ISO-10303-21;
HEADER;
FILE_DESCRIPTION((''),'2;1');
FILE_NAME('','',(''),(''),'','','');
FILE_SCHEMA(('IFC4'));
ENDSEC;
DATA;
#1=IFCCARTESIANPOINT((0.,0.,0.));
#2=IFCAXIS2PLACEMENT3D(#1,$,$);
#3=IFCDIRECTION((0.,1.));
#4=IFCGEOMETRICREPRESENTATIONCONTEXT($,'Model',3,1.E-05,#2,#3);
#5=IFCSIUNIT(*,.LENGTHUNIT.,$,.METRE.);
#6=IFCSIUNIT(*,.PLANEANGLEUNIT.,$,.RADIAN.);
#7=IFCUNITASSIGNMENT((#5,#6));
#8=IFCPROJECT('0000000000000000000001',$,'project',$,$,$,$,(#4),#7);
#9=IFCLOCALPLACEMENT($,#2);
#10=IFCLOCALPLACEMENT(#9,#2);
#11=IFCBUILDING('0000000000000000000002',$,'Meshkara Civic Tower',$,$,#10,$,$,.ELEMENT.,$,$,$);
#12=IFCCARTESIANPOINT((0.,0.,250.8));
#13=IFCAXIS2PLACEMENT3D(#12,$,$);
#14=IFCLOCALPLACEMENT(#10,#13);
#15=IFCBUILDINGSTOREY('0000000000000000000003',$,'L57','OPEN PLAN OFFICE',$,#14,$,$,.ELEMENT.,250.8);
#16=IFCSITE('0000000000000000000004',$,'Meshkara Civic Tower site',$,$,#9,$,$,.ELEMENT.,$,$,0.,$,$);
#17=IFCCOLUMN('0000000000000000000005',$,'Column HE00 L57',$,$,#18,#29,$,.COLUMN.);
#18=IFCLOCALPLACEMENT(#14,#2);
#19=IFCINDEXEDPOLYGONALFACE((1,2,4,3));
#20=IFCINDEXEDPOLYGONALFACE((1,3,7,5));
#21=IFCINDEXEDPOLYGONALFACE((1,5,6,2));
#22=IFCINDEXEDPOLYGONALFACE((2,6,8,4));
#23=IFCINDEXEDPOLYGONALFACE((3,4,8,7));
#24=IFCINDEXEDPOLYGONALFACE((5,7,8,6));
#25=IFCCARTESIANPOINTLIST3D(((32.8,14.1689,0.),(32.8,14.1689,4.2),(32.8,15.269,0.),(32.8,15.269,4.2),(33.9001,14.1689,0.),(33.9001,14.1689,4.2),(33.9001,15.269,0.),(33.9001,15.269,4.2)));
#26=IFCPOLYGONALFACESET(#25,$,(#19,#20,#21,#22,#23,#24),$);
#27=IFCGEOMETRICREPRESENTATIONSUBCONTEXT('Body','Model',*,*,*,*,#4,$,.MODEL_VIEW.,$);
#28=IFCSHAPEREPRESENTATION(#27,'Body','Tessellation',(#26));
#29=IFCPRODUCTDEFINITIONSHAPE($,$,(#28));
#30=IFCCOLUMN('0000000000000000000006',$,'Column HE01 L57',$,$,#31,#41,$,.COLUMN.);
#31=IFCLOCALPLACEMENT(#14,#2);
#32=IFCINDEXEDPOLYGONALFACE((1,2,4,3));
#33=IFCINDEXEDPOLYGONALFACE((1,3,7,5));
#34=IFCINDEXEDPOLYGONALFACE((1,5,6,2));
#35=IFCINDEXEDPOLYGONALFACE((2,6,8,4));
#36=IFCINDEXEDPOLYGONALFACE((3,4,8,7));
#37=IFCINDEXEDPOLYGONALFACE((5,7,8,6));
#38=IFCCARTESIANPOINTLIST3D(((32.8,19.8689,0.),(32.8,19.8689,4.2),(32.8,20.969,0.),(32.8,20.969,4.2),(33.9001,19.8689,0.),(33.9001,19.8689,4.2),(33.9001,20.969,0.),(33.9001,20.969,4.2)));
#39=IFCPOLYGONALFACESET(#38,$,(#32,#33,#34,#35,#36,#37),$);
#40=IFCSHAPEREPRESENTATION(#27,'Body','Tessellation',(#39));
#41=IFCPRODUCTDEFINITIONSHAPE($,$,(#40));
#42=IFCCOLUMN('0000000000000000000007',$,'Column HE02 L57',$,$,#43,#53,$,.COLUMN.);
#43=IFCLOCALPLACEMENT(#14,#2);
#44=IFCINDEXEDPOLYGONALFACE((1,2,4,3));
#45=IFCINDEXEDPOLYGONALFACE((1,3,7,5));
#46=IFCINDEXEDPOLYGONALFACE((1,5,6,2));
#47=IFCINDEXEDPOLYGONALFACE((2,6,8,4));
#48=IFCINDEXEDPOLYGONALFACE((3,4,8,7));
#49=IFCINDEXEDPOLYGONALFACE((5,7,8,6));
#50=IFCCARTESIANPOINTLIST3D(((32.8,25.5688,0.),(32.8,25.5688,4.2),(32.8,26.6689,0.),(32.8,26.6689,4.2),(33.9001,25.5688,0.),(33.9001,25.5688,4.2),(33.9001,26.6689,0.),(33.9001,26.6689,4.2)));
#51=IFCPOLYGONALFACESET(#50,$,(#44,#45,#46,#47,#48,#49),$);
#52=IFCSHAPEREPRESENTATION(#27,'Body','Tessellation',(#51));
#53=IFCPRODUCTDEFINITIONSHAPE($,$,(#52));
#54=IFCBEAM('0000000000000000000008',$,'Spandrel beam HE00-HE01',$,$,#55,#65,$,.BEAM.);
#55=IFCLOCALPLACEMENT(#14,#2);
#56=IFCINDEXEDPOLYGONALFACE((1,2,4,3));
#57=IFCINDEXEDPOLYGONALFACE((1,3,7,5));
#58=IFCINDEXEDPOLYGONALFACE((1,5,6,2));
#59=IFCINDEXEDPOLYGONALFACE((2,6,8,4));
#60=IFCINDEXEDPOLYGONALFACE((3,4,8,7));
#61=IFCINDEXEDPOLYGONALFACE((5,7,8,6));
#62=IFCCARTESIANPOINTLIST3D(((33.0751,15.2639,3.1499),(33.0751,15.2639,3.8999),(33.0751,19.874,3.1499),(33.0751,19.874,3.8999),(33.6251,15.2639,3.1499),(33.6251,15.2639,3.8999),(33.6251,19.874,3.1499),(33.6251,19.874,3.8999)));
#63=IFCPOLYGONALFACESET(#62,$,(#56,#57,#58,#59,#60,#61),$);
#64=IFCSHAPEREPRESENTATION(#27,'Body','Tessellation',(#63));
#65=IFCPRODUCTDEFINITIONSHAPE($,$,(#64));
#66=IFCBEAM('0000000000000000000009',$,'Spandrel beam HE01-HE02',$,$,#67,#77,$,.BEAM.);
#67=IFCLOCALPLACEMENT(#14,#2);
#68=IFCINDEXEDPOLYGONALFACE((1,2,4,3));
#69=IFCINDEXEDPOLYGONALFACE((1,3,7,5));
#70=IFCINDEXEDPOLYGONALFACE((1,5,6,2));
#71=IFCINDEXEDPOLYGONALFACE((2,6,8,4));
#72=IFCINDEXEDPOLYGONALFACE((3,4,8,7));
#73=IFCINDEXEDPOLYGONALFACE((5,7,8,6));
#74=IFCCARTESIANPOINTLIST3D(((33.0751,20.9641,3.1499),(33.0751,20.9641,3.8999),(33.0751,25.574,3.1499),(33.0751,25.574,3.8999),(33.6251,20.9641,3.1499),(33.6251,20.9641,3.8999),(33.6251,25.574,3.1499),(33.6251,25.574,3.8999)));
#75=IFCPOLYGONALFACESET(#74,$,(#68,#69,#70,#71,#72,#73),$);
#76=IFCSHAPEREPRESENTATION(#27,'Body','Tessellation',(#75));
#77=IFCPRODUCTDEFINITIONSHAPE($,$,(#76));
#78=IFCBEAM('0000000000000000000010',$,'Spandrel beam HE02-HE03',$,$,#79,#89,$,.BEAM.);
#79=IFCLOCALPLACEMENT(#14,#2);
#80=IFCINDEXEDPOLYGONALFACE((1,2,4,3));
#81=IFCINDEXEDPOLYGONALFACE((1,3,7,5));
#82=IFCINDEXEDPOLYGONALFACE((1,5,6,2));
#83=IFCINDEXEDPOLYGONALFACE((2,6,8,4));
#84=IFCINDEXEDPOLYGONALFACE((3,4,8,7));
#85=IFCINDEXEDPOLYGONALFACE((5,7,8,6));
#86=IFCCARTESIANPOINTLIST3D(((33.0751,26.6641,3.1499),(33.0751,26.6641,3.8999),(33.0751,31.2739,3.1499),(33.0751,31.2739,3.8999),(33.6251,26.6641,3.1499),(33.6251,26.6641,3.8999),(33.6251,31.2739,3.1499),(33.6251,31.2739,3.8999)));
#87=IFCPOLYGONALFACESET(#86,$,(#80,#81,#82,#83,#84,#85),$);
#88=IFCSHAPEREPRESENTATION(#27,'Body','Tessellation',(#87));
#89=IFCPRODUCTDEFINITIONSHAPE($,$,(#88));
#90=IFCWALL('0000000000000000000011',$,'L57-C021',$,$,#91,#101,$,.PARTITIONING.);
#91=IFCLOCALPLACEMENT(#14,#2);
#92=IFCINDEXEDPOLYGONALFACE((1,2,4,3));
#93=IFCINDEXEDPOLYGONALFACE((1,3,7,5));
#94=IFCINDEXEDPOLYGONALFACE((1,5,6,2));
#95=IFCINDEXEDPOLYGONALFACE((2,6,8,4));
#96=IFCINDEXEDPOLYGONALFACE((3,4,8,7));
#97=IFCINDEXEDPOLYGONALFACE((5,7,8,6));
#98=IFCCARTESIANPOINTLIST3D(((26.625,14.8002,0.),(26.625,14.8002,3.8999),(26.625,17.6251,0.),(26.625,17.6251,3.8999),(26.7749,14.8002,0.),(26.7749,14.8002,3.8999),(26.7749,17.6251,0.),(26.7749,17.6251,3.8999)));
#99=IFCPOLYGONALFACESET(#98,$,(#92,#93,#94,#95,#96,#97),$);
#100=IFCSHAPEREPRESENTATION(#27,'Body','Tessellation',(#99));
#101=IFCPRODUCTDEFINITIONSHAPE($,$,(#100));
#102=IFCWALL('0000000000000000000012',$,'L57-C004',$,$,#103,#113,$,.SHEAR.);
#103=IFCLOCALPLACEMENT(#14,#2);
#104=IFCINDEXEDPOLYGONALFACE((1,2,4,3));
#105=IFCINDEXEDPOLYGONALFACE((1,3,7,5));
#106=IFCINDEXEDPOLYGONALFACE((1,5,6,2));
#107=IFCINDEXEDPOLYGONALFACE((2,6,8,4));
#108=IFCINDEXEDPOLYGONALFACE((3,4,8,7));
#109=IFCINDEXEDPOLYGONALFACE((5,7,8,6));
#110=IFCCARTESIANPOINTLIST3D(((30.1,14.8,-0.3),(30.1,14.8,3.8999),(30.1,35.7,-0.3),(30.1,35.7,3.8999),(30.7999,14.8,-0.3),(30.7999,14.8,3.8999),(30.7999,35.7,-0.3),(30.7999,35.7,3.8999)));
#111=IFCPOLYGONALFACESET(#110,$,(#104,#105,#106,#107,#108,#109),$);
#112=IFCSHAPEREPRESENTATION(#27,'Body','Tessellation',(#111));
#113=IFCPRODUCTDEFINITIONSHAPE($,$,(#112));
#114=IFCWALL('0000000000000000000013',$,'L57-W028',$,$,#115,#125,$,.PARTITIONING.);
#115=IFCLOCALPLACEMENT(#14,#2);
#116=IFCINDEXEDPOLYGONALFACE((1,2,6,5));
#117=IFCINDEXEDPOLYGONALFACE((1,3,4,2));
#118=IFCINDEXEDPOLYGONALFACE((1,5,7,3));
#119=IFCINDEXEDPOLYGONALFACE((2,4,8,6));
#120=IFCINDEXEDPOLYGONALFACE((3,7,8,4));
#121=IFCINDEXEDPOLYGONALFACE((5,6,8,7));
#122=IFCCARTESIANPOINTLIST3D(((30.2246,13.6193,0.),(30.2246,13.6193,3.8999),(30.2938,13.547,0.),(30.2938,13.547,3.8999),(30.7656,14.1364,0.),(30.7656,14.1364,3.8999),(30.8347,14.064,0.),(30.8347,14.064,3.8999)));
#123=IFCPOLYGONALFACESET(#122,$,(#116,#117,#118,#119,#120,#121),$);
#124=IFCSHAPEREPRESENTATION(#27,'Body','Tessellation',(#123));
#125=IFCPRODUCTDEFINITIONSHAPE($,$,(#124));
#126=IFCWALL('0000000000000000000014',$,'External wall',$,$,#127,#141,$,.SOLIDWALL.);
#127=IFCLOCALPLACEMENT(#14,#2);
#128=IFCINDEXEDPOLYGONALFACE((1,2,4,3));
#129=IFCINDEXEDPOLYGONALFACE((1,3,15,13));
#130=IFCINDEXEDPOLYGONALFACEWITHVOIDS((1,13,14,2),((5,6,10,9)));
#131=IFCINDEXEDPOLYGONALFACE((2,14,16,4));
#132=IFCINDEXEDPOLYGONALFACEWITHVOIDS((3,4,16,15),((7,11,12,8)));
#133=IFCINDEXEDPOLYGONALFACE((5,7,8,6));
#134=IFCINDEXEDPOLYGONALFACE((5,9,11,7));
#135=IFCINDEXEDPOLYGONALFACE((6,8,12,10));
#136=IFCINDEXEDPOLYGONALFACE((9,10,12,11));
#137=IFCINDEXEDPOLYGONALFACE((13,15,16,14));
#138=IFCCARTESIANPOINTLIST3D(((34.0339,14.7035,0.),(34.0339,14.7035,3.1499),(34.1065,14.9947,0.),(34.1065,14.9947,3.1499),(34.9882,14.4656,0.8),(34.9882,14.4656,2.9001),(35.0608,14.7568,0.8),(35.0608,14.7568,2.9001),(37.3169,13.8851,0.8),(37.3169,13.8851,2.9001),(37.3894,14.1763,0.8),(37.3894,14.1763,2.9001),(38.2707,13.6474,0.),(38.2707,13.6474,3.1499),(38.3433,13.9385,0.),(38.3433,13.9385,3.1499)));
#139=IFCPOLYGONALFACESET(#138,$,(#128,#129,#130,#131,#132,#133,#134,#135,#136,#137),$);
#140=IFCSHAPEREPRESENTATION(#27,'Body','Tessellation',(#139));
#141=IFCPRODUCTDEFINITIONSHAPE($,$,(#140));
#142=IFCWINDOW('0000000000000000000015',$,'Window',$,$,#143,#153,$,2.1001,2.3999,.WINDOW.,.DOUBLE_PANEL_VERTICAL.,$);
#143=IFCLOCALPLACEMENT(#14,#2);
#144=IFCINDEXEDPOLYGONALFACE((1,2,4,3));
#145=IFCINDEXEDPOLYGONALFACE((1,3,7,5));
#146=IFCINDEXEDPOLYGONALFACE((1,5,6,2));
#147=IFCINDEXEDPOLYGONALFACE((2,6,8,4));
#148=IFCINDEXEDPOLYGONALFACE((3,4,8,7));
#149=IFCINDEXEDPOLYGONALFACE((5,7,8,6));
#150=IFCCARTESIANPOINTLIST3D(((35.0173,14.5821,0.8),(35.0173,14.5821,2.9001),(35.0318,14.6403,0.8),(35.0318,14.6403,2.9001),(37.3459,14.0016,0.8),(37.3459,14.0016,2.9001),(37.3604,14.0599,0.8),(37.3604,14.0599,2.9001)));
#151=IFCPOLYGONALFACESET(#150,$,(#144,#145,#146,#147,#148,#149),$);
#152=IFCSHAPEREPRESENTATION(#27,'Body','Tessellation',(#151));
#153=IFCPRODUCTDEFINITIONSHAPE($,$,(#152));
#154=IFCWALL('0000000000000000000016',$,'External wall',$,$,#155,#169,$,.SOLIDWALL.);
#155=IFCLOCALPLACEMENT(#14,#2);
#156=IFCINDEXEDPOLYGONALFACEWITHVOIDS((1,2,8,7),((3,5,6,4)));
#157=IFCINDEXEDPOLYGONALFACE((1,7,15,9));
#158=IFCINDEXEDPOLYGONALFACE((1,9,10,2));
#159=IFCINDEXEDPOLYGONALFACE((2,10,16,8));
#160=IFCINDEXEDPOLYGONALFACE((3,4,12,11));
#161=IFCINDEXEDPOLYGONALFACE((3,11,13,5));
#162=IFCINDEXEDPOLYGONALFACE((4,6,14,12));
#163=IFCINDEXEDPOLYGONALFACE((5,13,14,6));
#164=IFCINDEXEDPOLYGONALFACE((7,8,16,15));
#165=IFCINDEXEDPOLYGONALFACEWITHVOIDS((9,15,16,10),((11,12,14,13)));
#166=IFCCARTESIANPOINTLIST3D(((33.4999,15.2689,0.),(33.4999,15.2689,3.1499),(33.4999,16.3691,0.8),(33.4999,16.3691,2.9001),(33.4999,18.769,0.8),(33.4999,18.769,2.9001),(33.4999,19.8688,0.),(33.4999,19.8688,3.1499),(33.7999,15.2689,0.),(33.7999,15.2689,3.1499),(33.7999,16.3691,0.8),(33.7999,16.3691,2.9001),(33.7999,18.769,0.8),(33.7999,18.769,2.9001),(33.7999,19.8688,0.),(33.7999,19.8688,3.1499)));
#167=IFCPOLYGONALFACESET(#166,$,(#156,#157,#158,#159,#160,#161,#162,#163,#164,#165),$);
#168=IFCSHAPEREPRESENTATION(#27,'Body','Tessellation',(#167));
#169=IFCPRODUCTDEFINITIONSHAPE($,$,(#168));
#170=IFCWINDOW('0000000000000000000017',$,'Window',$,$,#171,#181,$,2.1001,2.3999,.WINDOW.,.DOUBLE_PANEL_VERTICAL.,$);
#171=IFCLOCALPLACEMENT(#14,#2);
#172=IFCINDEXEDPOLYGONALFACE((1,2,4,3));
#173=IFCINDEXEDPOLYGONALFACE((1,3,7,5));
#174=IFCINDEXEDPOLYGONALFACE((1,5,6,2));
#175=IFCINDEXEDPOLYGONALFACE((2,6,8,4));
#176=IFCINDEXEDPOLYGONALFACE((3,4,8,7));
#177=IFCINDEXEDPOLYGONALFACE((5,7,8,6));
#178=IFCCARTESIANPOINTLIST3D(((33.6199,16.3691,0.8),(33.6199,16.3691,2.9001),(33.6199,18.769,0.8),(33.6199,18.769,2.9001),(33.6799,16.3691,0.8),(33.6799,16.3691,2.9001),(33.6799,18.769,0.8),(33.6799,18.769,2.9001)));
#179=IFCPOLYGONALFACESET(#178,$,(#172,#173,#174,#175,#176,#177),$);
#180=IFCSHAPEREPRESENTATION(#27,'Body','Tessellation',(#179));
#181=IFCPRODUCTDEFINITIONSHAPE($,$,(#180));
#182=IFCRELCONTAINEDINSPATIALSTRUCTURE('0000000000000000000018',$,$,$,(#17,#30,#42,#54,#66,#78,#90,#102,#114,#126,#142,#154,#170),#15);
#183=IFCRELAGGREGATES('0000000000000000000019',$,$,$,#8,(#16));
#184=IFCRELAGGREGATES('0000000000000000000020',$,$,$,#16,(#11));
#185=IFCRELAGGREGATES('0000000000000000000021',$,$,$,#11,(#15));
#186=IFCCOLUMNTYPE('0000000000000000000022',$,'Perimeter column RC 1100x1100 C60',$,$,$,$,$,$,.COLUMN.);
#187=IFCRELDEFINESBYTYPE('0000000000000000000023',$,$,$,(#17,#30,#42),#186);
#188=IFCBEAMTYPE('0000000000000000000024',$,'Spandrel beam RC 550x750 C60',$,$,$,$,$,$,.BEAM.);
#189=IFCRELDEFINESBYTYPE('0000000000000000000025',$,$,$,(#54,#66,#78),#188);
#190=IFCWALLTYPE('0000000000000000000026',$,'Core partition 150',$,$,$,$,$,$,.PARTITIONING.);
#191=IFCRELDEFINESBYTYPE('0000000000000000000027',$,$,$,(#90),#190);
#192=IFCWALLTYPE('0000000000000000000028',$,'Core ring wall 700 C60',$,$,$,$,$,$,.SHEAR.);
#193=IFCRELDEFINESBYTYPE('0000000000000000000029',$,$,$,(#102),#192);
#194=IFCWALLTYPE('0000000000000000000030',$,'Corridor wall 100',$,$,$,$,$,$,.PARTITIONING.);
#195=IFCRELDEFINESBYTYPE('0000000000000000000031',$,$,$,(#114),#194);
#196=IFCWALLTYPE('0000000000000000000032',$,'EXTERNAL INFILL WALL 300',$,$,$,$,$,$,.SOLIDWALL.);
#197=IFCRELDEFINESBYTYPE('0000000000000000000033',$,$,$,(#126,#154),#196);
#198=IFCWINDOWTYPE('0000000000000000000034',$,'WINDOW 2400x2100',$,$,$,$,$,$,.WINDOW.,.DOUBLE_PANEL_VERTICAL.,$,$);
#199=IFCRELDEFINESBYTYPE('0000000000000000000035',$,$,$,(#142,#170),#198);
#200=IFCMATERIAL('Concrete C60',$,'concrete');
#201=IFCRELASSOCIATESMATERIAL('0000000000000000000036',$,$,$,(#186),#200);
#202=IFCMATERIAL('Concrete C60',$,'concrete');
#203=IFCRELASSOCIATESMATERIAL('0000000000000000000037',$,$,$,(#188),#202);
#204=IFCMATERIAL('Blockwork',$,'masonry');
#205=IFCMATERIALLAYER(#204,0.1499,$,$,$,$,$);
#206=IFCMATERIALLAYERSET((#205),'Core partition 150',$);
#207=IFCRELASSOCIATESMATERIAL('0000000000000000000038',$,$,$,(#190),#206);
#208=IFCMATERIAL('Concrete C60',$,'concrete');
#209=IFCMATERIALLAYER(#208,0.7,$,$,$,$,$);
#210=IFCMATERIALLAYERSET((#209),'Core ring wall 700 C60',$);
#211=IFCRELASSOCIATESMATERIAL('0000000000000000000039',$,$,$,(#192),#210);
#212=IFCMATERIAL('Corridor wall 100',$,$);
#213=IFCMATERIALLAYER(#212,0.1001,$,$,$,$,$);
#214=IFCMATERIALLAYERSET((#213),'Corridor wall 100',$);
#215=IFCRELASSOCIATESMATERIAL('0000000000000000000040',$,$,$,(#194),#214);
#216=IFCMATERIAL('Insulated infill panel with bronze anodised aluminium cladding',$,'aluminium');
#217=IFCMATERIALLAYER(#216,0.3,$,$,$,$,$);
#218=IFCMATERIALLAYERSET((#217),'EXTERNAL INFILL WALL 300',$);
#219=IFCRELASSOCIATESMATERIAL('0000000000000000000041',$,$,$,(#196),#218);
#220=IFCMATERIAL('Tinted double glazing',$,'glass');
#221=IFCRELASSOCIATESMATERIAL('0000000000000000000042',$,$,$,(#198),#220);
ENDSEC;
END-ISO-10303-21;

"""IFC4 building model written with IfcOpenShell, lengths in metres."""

from ifc_helpers import new_model, si_unit, direction, frame, frame_2d, origin, origin_2d, place, context, subcontext, project, spatial, rectangle, extrude, material, layer, layer_set, material_profile, profile_set, type_object, element, fill, save


model = new_model("IFC4")

# Units and contexts
model_context = context("Model", 3, precision=1e-05, world=origin(), true_north=direction((0.0, 1.0)))
body_context = subcontext(model_context, "Body", "Model", "MODEL_VIEW")
ifc_project = project(units=[si_unit("LENGTHUNIT", "METRE"), si_unit("PLANEANGLEUNIT", "RADIAN")], contexts=[model_context])

# Site, building, storey
site_placement = place(None, origin())
site = spatial("IfcSite", under=ifc_project, at=site_placement, Name="Meshkara Civic Tower site", CompositionType="ELEMENT", RefElevation=0.0)
building_placement = place(site_placement, origin())
building = spatial("IfcBuilding", under=site, at=building_placement, Name="Meshkara Civic Tower", CompositionType="ELEMENT")
storey_placement = place(building_placement, frame((0.0, 0.0, 250.8)))
storey = spatial("IfcBuildingStorey", under=building, at=storey_placement, Name="L57", Description="OPEN PLAN OFFICE", CompositionType="ELEMENT", Elevation=250.8)

# Columns
ifc_material_1 = material(Name="Concrete C60", Category="concrete")
ifc_material_profile_1 = material_profile(ifc_material_1, rectangle(XDim=1.1001, YDim=1.1001, at=origin_2d()))
ifc_profile_set_1 = profile_set([ifc_material_profile_1], Name="Concrete C60")
column_type = type_object("IfcColumnType", Name="Perimeter column RC 1100x1100 C60", PredefinedType="COLUMN", material=ifc_profile_set_1)
for number, where, z_axis, x_axis, name in (
    (1, (33.3501, 14.719, 0.0), (0.0, 0.0, 1.0), (1.0, 0.0, 0.0), "Column HE00 L57"),
    (2, (33.3501, 20.4189, 0.0), (0.0, 0.0, 1.0), (1.0, 0.0, 0.0), "Column HE01 L57"),
    (3, (33.3501, 26.1189, 0.0), (0.0, 0.0, 1.0), (1.0, 0.0, 0.0), "Column HE02 L57"),
):
    element("IfcColumn", number, at=place(storey_placement, frame(where, z_axis=z_axis, x_axis=x_axis)), inside=storey, type_object=column_type, Name=name, PredefinedType="COLUMN", context=body_context, shape_type="SweptSolid", body=[
        extrude(rectangle(XDim=1.1001, YDim=1.1001, at=origin_2d()), origin(), (0.0, 0.0, 1.0), 4.2),
    ])

# Beams
ifc_material_2 = material(Name="Concrete C60", Category="concrete")
ifc_material_profile_2 = material_profile(ifc_material_2, rectangle(XDim=0.55, YDim=0.75, at=origin_2d()))
ifc_profile_set_2 = profile_set([ifc_material_profile_2], Name="Concrete C60")
beam_type = type_object("IfcBeamType", Name="Spandrel beam RC 550x750 C60", PredefinedType="BEAM", material=ifc_profile_set_2)
beam_placement = place(storey_placement, frame((33.3501, 15.2639, 3.5249), z_axis=(0.0, 1.0, 0.0), x_axis=(-1.0, 0.0, 0.0)))
element("IfcBeam", 4, at=beam_placement, inside=storey, type_object=beam_type, Name="Spandrel beam HE00-HE01", PredefinedType="BEAM", context=body_context, shape_type="SweptSolid", body=[
    extrude(rectangle(XDim=0.55, YDim=0.75, at=origin_2d()), origin(), (0.0, 0.0, 1.0), 4.6101),
])
for number, where, z_axis, x_axis, name in (
    (5, (33.3501, 20.9641, 3.5249), (0.0, 1.0, 0.0), (-1.0, 0.0, 0.0), "Spandrel beam HE01-HE02"),
    (6, (33.3501, 26.6641, 3.5249), (0.0, 1.0, 0.0), (-1.0, 0.0, 0.0), "Spandrel beam HE02-HE03"),
):
    element("IfcBeam", number, at=place(storey_placement, frame(where, z_axis=z_axis, x_axis=x_axis)), inside=storey, type_object=beam_type, Name=name, PredefinedType="BEAM", context=body_context, shape_type="SweptSolid", body=[
        extrude(rectangle(XDim=0.55, YDim=0.75, at=origin_2d()), origin(), (0.0, 0.0, 1.0), 4.6099),
    ])

# Walls
ifc_material_3 = material(Name="Blockwork", Category="masonry")
ifc_layer_1 = layer(ifc_material_3, 0.1499)
ifc_layer_set_1 = layer_set([ifc_layer_1], Name="Core partition 150")
wall_type_1 = type_object("IfcWallType", Name="Core partition 150", PredefinedType="PARTITIONING", material=ifc_layer_set_1)
wall_1_placement = place(storey_placement, frame((26.7, 14.8, 0.0), z_axis=(0.0, 0.0, 1.0), x_axis=(0.0, 1.0, 0.0)))
element("IfcWall", 7, at=wall_1_placement, inside=storey, type_object=wall_type_1, Name="L57-C021", PredefinedType="PARTITIONING", context=body_context, shape_type="SweptSolid", body=[
    extrude(rectangle(XDim=2.825, YDim=0.1499, at=frame_2d((1.4126, 0.0))), origin(), (0.0, 0.0, 1.0), 3.8999),
])
ifc_material_4 = material(Name="Concrete C60", Category="concrete")
ifc_layer_2 = layer(ifc_material_4, 0.7)
ifc_layer_set_2 = layer_set([ifc_layer_2], Name="Core ring wall 700 C60")
wall_type_2 = type_object("IfcWallType", Name="Core ring wall 700 C60", PredefinedType="SHEAR", material=ifc_layer_set_2)
wall_2_placement = place(storey_placement, frame((30.45, 14.8, -0.3), z_axis=(0.0, 0.0, 1.0), x_axis=(0.0, 1.0, 0.0)))
element("IfcWall", 8, at=wall_2_placement, inside=storey, type_object=wall_type_2, Name="L57-C004", PredefinedType="SHEAR", context=body_context, shape_type="SweptSolid", body=[
    extrude(rectangle(XDim=20.8999, YDim=0.7, at=frame_2d((10.45, 0.0))), origin(), (0.0, 0.0, 1.0), 4.2),
])
ifc_material_5 = material(Name="Corridor wall 100")
ifc_layer_3 = layer(ifc_material_5, 0.1001)
ifc_layer_set_3 = layer_set([ifc_layer_3], Name="Corridor wall 100")
wall_type_3 = type_object("IfcWallType", Name="Corridor wall 100", PredefinedType="PARTITIONING", material=ifc_layer_set_3)
wall_3_placement = place(storey_placement, frame((30.8, 14.1001, 0.0), z_axis=(0.0, 0.0, 1.0), x_axis=(-0.722911, -0.690941, 0.0)))
element("IfcWall", 9, at=wall_3_placement, inside=storey, type_object=wall_type_3, Name="L57-W028", PredefinedType="PARTITIONING", context=body_context, shape_type="SweptSolid", body=[
    extrude(rectangle(XDim=0.7483, YDim=0.1001, at=frame_2d((0.374, 0.0))), origin(), (0.0, 0.0, 1.0), 3.8999),
])

# Walls, openings, windows
ifc_material_6 = material(Name="Insulated infill panel with bronze anodised aluminium cladding", Category="aluminium")
ifc_layer_4 = layer(ifc_material_6, 0.3)
ifc_layer_set_4 = layer_set([ifc_layer_4], Name="EXTERNAL INFILL WALL 300")
wall_type_4 = type_object("IfcWallType", Name="EXTERNAL INFILL WALL 300", PredefinedType="SOLIDWALL", material=ifc_layer_set_4)
wall_4_placement = place(storey_placement, frame((38.3069, 13.793, 0.0), z_axis=(0.0, 0.0, 1.0), x_axis=(-0.970307, 0.241878, 0.0)))
wall_4 = element("IfcWall", 10, at=wall_4_placement, inside=storey, type_object=wall_type_4, Name="External wall", PredefinedType="SOLIDWALL", context=body_context, shape_type="SweptSolid", body=[
    extrude(rectangle(XDim=4.3665, YDim=0.3, at=frame_2d((2.1831, 0.0))), origin(), (0.0, 0.0, 1.0), 3.1499),
])
opening_1_placement = place(wall_4_placement, frame((0.9829, 0.0, 0.8)))
opening_1 = element("IfcOpeningElement", 11, at=opening_1_placement, cuts=wall_4, PredefinedType="OPENING", context=body_context, shape_type="SweptSolid", body=[
    extrude(rectangle(XDim=2.3999, YDim=2.1001, at=frame_2d((1.2, 1.05))), frame((0.0, 0.1599, 0.0), z_axis=(0.0, -1.0, 0.0), x_axis=(1.0, 0.0, 0.0)), (0.0, 0.0, 1.0), 0.3201),
])
ifc_material_7 = material(Name="Tinted double glazing", Category="glass")
window_type = type_object("IfcWindowType", Name="WINDOW 2400x2100", PartitioningType="DOUBLE_PANEL_VERTICAL", PredefinedType="WINDOW", material=ifc_material_7)
window_1_placement = place(opening_1_placement, origin())
window_1 = element("IfcWindow", 12, at=window_1_placement, inside=storey, type_object=window_type, Name="Window", OverallHeight=2.1001, OverallWidth=2.3999, PartitioningType="DOUBLE_PANEL_VERTICAL", PredefinedType="WINDOW", context=body_context, shape_type="SweptSolid", body=[
    extrude(rectangle(XDim=2.3999, YDim=2.1001, at=frame_2d((1.2, 1.05))), frame((0.0, 0.03, 0.0), z_axis=(0.0, -1.0, 0.0), x_axis=(1.0, 0.0, 0.0)), (0.0, 0.0, 1.0), 0.0601),
])
fill(opening_1, window_1)
wall_5_placement = place(storey_placement, frame((33.6499, 15.269, 0.0), z_axis=(0.0, 0.0, 1.0), x_axis=(0.0, 1.0, 0.0)))
wall_5 = element("IfcWall", 13, at=wall_5_placement, inside=storey, type_object=wall_type_4, Name="External wall", PredefinedType="SOLIDWALL", context=body_context, shape_type="SweptSolid", body=[
    extrude(rectangle(XDim=4.5999, YDim=0.3, at=frame_2d((2.2998, 0.0))), origin(), (0.0, 0.0, 1.0), 3.1499),
])
opening_2_placement = place(wall_5_placement, frame((1.1001, 0.0, 0.8)))
opening_2 = element("IfcOpeningElement", 14, at=opening_2_placement, cuts=wall_5, PredefinedType="OPENING", context=body_context, shape_type="SweptSolid", body=[
    extrude(rectangle(XDim=2.3999, YDim=2.1001, at=frame_2d((1.2, 1.05))), frame((0.0, 0.1599, 0.0), z_axis=(0.0, -1.0, 0.0), x_axis=(1.0, 0.0, 0.0)), (0.0, 0.0, 1.0), 0.3201),
])
window_2_placement = place(opening_2_placement, origin())
window_2 = element("IfcWindow", 15, at=window_2_placement, inside=storey, type_object=window_type, Name="Window", OverallHeight=2.1001, OverallWidth=2.3999, PartitioningType="DOUBLE_PANEL_VERTICAL", PredefinedType="WINDOW", context=body_context, shape_type="SweptSolid", body=[
    extrude(rectangle(XDim=2.3999, YDim=2.1001, at=frame_2d((1.2, 1.05))), frame((0.0, 0.03, 0.0), z_axis=(0.0, -1.0, 0.0), x_axis=(1.0, 0.0, 0.0)), (0.0, 0.0, 1.0), 0.0601),
])
fill(opening_2, window_2)

save(model, "model.ifc")
